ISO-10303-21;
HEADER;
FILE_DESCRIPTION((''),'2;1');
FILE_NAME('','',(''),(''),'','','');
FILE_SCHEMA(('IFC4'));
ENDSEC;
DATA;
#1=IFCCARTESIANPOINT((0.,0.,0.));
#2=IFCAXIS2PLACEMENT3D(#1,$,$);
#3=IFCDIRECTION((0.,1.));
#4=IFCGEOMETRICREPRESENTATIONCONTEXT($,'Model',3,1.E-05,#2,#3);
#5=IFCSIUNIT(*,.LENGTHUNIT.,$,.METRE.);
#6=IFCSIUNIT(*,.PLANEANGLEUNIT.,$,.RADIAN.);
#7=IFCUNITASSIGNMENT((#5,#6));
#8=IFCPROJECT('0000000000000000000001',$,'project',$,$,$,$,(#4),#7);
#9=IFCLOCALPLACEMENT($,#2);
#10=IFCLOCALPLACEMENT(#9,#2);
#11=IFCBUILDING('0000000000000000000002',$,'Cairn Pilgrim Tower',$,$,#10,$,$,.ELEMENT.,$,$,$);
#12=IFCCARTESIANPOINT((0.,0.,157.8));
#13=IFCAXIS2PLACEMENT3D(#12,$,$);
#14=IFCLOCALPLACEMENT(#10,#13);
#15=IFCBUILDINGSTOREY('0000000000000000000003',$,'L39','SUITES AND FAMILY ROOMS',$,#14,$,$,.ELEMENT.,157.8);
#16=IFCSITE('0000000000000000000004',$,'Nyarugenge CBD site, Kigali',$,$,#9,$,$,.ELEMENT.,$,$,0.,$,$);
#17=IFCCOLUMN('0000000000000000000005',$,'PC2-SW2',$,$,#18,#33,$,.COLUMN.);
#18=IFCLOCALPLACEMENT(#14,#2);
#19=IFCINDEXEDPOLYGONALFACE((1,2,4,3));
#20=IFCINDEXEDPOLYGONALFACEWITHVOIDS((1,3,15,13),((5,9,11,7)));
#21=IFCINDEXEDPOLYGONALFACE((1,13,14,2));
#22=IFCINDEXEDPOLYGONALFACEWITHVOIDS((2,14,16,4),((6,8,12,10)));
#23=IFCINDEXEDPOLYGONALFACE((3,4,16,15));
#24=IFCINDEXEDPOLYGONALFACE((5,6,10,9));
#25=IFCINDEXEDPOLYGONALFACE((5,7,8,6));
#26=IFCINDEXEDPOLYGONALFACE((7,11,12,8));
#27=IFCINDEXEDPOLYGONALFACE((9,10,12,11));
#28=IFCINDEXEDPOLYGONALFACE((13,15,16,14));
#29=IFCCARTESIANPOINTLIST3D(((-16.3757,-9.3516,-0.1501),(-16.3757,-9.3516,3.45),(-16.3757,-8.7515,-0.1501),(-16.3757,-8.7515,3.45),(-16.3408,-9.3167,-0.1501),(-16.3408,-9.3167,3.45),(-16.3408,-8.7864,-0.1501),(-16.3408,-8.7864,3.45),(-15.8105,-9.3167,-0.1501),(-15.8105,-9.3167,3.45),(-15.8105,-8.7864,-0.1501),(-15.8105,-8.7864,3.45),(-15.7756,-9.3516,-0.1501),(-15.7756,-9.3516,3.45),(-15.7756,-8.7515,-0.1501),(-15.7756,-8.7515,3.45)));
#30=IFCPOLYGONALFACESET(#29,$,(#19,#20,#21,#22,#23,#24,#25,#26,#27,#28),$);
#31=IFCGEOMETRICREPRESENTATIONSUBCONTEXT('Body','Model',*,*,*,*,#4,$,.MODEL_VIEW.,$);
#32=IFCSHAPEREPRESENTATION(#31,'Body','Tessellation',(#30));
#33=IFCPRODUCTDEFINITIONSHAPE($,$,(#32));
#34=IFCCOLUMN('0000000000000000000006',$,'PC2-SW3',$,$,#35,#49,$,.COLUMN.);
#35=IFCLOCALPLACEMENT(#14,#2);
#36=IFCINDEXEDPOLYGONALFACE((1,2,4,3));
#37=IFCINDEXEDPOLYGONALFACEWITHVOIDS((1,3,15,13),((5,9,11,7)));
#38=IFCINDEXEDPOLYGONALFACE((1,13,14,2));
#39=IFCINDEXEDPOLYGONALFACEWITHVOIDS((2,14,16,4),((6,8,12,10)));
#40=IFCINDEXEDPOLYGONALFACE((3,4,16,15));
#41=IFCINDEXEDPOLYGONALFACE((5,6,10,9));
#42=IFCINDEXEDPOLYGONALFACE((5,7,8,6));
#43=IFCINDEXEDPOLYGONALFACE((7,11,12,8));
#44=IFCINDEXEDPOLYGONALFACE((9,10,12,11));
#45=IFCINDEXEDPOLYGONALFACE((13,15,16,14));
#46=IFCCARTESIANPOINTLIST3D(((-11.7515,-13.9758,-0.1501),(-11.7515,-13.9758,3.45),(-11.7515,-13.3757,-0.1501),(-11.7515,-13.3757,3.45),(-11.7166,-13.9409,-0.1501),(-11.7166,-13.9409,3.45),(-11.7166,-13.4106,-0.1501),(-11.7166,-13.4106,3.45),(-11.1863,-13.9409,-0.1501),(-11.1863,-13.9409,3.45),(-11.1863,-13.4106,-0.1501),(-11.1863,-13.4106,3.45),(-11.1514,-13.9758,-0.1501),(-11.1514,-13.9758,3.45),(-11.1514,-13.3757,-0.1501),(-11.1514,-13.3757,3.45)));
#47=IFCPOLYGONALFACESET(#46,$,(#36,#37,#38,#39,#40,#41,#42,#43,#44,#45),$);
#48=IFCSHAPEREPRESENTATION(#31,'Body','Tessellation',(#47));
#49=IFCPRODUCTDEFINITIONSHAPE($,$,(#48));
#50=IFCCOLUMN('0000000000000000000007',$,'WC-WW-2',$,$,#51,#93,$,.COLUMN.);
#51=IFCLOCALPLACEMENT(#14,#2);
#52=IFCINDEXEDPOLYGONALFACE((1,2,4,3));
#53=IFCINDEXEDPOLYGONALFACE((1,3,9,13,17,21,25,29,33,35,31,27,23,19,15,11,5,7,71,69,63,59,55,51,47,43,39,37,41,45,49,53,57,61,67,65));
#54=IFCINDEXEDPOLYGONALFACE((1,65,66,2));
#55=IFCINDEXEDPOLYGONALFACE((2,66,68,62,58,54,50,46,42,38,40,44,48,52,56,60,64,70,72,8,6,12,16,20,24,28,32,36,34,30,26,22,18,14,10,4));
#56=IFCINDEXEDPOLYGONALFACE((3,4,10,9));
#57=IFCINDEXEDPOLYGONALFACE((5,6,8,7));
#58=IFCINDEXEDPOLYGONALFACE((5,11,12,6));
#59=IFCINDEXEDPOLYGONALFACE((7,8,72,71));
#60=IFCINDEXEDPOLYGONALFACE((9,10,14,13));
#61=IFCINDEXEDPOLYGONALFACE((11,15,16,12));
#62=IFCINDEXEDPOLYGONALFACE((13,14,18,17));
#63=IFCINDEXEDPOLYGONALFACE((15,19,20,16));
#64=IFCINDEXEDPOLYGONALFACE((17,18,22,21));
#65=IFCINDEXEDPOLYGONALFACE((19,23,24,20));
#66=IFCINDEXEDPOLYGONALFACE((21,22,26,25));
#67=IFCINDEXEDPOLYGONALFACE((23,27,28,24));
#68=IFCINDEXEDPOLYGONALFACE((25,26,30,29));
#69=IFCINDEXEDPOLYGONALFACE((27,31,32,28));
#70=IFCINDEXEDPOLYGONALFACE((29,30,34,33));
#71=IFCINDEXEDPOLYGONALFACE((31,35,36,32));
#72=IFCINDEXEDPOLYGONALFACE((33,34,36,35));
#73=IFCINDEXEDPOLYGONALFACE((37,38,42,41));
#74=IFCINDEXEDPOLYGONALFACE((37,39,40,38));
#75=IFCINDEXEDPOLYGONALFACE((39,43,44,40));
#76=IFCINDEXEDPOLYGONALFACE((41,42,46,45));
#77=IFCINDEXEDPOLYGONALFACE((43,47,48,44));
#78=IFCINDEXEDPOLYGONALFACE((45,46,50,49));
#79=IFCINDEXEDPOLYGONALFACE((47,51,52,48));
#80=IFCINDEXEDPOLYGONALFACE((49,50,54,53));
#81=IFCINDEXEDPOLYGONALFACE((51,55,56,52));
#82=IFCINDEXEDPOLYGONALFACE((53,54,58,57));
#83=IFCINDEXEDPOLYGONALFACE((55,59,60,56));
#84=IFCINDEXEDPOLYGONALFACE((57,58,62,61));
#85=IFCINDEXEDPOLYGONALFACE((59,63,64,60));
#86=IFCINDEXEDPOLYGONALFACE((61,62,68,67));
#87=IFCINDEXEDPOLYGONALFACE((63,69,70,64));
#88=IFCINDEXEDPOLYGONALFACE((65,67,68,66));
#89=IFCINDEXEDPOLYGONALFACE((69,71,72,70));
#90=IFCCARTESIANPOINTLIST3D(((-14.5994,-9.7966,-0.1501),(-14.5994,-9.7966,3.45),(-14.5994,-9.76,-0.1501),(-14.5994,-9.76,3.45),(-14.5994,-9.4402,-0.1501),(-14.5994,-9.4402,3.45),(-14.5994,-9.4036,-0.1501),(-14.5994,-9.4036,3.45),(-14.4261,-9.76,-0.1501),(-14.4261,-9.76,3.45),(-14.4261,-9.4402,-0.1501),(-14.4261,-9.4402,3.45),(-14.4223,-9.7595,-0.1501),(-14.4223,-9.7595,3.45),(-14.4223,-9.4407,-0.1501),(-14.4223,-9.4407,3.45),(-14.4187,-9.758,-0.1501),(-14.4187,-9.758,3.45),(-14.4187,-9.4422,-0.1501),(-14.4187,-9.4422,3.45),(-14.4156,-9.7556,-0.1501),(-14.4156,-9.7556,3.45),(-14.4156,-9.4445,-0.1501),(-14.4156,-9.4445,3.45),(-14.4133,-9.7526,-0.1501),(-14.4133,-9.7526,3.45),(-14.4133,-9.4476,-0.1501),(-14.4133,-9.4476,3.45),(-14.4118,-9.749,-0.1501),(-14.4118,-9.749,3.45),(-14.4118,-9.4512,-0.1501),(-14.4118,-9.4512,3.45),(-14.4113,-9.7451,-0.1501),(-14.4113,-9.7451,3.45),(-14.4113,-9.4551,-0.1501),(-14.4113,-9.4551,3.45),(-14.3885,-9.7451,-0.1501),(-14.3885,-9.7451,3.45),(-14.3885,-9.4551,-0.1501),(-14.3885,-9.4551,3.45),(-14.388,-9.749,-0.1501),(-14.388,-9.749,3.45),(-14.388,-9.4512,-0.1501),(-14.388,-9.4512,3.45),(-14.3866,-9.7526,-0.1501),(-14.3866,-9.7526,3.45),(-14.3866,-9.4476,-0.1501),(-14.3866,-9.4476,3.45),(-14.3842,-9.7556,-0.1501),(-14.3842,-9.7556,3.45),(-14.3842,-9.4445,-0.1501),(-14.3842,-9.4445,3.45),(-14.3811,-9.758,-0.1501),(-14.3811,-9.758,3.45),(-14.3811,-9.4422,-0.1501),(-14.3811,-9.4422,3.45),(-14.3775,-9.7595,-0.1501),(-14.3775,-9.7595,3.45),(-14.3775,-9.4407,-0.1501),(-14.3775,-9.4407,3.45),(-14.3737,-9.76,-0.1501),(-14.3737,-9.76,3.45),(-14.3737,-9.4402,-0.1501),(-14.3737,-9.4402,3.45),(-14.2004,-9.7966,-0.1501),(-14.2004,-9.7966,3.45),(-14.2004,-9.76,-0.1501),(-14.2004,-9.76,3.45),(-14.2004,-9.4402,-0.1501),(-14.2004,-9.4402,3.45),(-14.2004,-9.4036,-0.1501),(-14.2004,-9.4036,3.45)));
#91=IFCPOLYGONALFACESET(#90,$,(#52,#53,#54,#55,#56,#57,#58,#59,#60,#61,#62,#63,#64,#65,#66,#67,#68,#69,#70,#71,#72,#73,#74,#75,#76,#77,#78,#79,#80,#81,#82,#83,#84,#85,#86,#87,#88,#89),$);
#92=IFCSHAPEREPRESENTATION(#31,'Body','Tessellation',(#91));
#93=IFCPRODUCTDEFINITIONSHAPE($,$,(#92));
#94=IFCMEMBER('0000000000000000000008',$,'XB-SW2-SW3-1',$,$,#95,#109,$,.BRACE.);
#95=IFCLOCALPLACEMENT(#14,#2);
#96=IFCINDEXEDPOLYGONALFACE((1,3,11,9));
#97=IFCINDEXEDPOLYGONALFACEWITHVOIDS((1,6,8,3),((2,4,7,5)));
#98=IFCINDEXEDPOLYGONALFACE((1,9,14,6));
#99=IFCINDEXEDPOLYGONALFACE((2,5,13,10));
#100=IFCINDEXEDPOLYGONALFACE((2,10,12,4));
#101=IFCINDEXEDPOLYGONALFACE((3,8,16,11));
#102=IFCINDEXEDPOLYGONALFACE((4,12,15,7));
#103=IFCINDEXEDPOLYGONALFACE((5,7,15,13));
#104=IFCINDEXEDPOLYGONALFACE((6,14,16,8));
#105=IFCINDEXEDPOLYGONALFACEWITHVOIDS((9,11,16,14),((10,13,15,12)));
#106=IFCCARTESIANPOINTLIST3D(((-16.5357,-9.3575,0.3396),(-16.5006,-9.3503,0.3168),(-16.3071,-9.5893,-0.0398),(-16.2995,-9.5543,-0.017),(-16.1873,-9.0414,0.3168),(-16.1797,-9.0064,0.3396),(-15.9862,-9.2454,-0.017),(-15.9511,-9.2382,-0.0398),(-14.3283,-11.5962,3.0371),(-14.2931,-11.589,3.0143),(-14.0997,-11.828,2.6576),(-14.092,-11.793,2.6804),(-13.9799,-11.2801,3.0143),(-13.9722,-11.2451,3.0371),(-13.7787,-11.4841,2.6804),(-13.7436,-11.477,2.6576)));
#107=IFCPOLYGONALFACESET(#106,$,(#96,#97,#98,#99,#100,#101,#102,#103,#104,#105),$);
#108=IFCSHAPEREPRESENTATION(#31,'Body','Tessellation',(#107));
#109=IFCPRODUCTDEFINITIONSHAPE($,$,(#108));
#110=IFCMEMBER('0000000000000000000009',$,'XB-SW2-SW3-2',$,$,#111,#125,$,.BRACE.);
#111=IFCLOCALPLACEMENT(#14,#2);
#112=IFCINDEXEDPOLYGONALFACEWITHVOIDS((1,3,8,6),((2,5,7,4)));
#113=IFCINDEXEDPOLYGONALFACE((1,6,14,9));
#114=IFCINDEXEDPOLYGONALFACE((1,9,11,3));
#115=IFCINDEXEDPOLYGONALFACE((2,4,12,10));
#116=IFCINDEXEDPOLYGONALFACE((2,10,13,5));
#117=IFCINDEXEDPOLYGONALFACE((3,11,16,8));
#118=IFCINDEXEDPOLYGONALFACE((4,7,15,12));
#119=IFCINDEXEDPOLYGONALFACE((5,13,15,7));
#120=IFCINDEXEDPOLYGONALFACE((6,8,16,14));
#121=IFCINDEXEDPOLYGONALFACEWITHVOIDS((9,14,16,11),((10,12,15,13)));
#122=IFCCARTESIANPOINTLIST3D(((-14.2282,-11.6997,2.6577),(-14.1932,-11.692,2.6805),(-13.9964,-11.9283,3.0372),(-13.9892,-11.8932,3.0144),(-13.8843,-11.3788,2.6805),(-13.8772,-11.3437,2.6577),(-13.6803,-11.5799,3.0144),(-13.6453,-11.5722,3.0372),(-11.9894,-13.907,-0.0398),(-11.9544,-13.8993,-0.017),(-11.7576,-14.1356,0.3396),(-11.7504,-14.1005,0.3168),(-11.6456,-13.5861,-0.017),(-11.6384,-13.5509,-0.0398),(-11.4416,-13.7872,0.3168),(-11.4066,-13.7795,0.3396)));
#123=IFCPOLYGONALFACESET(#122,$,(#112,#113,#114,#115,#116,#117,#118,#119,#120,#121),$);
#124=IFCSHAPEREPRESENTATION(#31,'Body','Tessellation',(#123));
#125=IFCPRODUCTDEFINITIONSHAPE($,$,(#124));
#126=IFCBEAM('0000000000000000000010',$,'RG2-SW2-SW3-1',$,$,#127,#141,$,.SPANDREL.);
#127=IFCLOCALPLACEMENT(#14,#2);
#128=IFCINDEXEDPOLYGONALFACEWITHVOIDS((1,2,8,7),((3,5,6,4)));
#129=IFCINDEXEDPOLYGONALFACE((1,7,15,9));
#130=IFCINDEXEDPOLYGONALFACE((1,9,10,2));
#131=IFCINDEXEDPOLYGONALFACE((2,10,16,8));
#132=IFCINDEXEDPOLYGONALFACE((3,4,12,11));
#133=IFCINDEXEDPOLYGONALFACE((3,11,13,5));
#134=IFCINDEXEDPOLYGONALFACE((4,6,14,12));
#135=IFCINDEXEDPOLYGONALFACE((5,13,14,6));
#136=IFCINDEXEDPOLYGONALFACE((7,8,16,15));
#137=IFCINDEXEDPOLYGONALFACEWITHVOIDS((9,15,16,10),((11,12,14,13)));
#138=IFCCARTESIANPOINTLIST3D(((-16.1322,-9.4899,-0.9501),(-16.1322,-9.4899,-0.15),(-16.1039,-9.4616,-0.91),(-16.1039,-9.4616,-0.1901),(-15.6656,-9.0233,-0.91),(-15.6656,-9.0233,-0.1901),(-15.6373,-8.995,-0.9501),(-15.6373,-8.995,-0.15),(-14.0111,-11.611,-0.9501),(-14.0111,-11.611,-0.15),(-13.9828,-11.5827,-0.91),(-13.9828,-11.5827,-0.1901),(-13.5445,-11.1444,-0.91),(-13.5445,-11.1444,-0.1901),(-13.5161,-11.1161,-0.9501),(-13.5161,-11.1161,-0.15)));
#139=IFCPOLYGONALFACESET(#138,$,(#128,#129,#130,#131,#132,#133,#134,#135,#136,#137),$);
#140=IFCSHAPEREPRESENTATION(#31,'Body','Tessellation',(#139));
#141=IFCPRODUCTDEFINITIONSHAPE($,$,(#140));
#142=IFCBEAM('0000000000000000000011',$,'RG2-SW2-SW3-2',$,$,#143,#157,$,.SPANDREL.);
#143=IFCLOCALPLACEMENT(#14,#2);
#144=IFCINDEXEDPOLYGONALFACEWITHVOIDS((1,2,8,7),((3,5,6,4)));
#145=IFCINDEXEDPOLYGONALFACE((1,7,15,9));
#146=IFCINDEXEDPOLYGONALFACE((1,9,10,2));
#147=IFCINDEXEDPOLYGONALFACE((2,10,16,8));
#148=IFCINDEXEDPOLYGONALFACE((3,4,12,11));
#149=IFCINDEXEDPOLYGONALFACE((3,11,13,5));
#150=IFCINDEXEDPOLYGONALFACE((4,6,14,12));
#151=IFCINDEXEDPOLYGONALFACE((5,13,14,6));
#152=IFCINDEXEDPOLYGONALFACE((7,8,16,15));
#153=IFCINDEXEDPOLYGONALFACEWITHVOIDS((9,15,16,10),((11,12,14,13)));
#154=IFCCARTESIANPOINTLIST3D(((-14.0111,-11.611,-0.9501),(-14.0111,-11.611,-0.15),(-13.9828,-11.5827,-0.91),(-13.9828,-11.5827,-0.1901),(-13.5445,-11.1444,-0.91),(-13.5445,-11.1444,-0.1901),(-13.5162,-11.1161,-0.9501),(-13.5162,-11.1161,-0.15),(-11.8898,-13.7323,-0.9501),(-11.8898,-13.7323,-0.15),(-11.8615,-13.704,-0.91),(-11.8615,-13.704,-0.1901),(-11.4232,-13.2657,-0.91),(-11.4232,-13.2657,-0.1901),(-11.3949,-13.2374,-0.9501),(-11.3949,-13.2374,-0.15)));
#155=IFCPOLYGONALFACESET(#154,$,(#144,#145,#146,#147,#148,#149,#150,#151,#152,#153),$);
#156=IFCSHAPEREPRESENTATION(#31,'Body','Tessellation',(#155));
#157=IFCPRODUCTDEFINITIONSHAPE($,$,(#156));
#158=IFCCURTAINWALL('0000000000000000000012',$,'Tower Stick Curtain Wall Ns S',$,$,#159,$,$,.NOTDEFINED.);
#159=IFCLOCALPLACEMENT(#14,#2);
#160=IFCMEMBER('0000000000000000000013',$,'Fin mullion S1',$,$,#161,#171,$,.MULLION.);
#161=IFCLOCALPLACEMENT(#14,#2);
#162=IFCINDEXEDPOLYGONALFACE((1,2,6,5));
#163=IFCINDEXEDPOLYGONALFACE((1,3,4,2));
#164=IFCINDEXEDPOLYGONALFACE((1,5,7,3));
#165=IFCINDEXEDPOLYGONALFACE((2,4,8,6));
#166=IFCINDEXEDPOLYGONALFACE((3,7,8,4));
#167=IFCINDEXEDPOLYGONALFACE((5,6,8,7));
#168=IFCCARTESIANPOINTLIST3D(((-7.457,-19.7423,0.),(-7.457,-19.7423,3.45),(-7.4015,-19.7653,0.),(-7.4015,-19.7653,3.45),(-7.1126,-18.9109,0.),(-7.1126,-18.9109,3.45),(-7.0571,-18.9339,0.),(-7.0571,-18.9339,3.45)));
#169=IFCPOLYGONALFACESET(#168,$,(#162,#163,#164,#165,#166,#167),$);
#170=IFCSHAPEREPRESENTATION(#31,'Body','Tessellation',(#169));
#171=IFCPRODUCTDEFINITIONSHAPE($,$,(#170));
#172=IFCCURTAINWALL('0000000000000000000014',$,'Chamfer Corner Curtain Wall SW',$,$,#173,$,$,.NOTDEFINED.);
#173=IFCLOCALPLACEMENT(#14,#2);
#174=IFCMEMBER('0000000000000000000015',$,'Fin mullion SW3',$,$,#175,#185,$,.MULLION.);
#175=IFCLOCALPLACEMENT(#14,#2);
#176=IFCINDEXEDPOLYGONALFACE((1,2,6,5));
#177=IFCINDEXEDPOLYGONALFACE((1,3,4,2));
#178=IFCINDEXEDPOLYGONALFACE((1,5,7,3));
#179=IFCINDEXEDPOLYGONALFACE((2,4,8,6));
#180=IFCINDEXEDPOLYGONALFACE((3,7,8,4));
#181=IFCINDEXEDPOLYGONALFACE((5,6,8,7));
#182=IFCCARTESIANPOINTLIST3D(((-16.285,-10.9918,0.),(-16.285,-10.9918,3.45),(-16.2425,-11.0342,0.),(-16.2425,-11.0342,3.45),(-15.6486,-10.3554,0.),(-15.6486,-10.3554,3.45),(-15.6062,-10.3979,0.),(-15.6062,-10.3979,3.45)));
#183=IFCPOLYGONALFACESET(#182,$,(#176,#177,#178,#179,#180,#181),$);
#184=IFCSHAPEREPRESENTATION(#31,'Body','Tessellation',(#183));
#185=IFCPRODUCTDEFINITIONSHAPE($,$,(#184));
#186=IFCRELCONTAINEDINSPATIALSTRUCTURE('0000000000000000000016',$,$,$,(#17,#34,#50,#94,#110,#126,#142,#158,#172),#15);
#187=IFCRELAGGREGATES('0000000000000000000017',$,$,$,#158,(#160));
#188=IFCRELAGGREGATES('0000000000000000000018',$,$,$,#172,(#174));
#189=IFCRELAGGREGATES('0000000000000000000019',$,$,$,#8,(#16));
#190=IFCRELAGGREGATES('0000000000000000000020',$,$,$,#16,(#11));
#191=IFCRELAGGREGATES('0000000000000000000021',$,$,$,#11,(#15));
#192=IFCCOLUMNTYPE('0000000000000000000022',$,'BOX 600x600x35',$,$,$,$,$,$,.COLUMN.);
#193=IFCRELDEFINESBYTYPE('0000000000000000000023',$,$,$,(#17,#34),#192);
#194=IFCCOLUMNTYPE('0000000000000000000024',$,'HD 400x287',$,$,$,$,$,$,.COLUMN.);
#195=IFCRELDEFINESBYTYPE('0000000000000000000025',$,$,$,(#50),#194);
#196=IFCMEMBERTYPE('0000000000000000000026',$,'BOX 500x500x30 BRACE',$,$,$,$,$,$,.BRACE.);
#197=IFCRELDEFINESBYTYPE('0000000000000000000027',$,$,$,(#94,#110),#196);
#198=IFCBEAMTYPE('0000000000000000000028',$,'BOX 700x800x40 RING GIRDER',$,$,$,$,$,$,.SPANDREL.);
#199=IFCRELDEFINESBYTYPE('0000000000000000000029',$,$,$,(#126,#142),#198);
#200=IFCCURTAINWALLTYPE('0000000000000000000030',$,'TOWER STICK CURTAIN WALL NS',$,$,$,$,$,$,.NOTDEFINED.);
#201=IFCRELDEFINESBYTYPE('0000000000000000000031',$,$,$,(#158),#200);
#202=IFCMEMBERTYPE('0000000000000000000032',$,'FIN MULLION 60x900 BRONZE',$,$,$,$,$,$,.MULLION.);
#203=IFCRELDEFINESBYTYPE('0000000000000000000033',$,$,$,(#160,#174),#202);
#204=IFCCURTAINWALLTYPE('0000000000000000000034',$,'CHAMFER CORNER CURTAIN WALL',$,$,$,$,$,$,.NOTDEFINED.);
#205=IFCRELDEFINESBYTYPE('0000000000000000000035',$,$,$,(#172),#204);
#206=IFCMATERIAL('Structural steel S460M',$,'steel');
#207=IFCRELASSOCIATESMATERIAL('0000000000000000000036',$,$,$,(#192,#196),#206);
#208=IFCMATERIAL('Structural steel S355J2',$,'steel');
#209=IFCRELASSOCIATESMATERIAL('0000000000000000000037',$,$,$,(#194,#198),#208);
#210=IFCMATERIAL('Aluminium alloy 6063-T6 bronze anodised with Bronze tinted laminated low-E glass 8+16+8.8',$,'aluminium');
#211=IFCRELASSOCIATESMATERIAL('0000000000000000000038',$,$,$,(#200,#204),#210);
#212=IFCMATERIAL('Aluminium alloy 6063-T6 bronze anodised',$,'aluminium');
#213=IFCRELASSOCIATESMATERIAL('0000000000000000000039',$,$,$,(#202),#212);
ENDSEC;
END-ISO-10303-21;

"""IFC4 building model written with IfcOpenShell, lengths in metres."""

from ifc_helpers import new_model, si_unit, direction, frame, origin, origin_2d, place, context, subcontext, project, spatial, rectangle, hollow_rectangle, i_section, extrude, material, material_profile, profile_set, type_object, element, aggregate, save


model = new_model("IFC4")

# Units and contexts
model_context = context("Model", 3, precision=1e-05, world=origin(), true_north=direction((0.0, 1.0)))
body_context = subcontext(model_context, "Body", "Model", "MODEL_VIEW")
ifc_project = project(units=[si_unit("LENGTHUNIT", "METRE"), si_unit("PLANEANGLEUNIT", "RADIAN")], contexts=[model_context])

# Site, building, storey
site_placement = place(None, origin())
site = spatial("IfcSite", under=ifc_project, at=site_placement, Name="Nyarugenge CBD site, Kigali", CompositionType="ELEMENT", RefElevation=0.0)
building_placement = place(site_placement, origin())
building = spatial("IfcBuilding", under=site, at=building_placement, Name="Cairn Pilgrim Tower", CompositionType="ELEMENT")
storey_placement = place(building_placement, frame((0.0, 0.0, 157.8)))
storey = spatial("IfcBuildingStorey", under=building, at=storey_placement, Name="L39", Description="SUITES AND FAMILY ROOMS", CompositionType="ELEMENT", Elevation=157.8)

# Columns
ifc_material_1 = material(Name="Structural steel S460M", Category="steel")
ifc_material_profile_1 = material_profile(ifc_material_1, hollow_rectangle(XDim=0.6001, YDim=0.6001, WallThickness=0.0349, at=origin_2d()), Name="BOX 600x600x35")
ifc_profile_set_1 = profile_set([ifc_material_profile_1], Name="Structural steel S460M")
column_type_1 = type_object("IfcColumnType", Name="BOX 600x600x35", PredefinedType="COLUMN", material=ifc_profile_set_1)
for number, where, z_axis, x_axis, name in (
    (1, (-16.0757, -9.0515, -0.1501), (0.0, 0.0, 1.0), (1.0, 0.0, 0.0), "PC2-SW2"),
    (2, (-11.4514, -13.6758, -0.1501), (0.0, 0.0, 1.0), (1.0, 0.0, 0.0), "PC2-SW3"),
):
    element("IfcColumn", number, at=place(storey_placement, frame(where, z_axis=z_axis, x_axis=x_axis)), inside=storey, type_object=column_type_1, Name=name, PredefinedType="COLUMN", context=body_context, shape_type="SweptSolid", body=[
        extrude(hollow_rectangle(XDim=0.6001, YDim=0.6001, WallThickness=0.0349, at=origin_2d()), origin(), (0.0, 0.0, 1.0), 3.6001),
    ])
ifc_material_2 = material(Name="Structural steel S355J2", Category="steel")
ifc_material_profile_2 = material_profile(ifc_material_2, i_section(OverallWidth=0.3989, OverallDepth=0.3931, WebThickness=0.0227, FlangeThickness=0.0366, FilletRadius=0.0149, at=origin_2d()), Name="HD 400x287")
ifc_profile_set_2 = profile_set([ifc_material_profile_2], Name="Structural steel S355J2")
column_type_2 = type_object("IfcColumnType", Name="HD 400x287", PredefinedType="COLUMN", material=ifc_profile_set_2)
column_placement = place(storey_placement, frame((-14.3999, -9.6001, -0.1501), z_axis=(0.0, 0.0, 1.0), x_axis=(1.0, 0.0, 0.0)))
element("IfcColumn", 3, at=column_placement, inside=storey, type_object=column_type_2, Name="WC-WW-2", PredefinedType="COLUMN", context=body_context, shape_type="SweptSolid", body=[
    extrude(i_section(OverallWidth=0.3989, OverallDepth=0.3931, WebThickness=0.0227, FlangeThickness=0.0366, FilletRadius=0.0149, at=origin_2d()), origin(), (0.0, 0.0, 1.0), 3.6001),
])

# Members
ifc_material_profile_3 = material_profile(ifc_material_1, hollow_rectangle(XDim=0.5, YDim=0.5, WallThickness=0.03, at=origin_2d()), Name="BOX 500x500x30")
ifc_profile_set_3 = profile_set([ifc_material_profile_3], Name="Structural steel S460M")
member_type_1 = type_object("IfcMemberType", Name="BOX 500x500x30 BRACE", PredefinedType="BRACE", material=ifc_profile_set_3)
for number, where, z_axis, x_axis, name in (
    (4, (-16.2434, -9.2979, 0.1499), (0.532872, -0.540416, 0.651151), (0.712059, 0.70212, 0.0), "XB-SW2-SW3-1"),
    (5, (-11.698, -13.8433, 0.1499), (-0.540433, 0.53283, 0.651171), (-0.70208, -0.712098, 0.0), "XB-SW2-SW3-2"),
):
    element("IfcMember", number, at=place(storey_placement, frame(where, z_axis=z_axis, x_axis=x_axis)), inside=storey, type_object=member_type_1, Name=name, PredefinedType="BRACE", context=body_context, shape_type="SweptSolid", body=[
        extrude(hollow_rectangle(XDim=0.5, YDim=0.5, WallThickness=0.03, at=origin_2d()), origin(), (0.0, 0.0, 1.0), 4.1426),
    ])

# Beams
ifc_material_profile_4 = material_profile(ifc_material_2, hollow_rectangle(XDim=0.7, YDim=0.8, WallThickness=0.04, at=origin_2d()), Name="BOX 700x800x40")
ifc_profile_set_4 = profile_set([ifc_material_profile_4], Name="Structural steel S355J2")
beam_type_1 = type_object("IfcBeamType", Name="BOX 700x800x40 RING GIRDER", PredefinedType="SPANDREL", material=ifc_profile_set_4)
beam_1_placement = place(storey_placement, frame((-15.8848, -9.2424, -0.55), z_axis=(0.707107, -0.707107, 0.0), x_axis=(0.707107, 0.707107, 0.0)))
element("IfcBeam", 6, at=beam_1_placement, inside=storey, type_object=beam_type_1, Name="RG2-SW2-SW3-1", PredefinedType="SPANDREL", context=body_context, shape_type="SweptSolid", body=[
    extrude(hollow_rectangle(XDim=0.7, YDim=0.8, WallThickness=0.04, at=origin_2d()), origin(), (0.0, 0.0, 1.0), 2.9998),
])
beam_2_placement = place(storey_placement, frame((-13.7637, -11.3635, -0.55), z_axis=(0.707107, -0.707107, 0.0), x_axis=(0.707107, 0.707107, 0.0)))
element("IfcBeam", 7, at=beam_2_placement, inside=storey, type_object=beam_type_1, Name="RG2-SW2-SW3-2", PredefinedType="SPANDREL", context=body_context, shape_type="SweptSolid", body=[
    extrude(hollow_rectangle(XDim=0.7, YDim=0.8, WallThickness=0.04, at=origin_2d()), origin(), (0.0, 0.0, 1.0), 3.0),
])

# Curtain wall, member
ifc_material_3 = material(Name="Aluminium alloy 6063-T6 bronze anodised with Bronze tinted laminated low-E glass 8+16+8.8", Category="aluminium")
curtain_wall_type_1 = type_object("IfcCurtainWallType", Name="TOWER STICK CURTAIN WALL NS", PredefinedType="NOTDEFINED", material=ifc_material_3)
curtain_wall_1_placement = place(storey_placement, origin())
curtain_wall_1 = element("IfcCurtainWall", 8, at=curtain_wall_1_placement, inside=storey, type_object=curtain_wall_type_1, Name="Tower Stick Curtain Wall Ns S", PredefinedType="NOTDEFINED")
ifc_material_4 = material(Name="Aluminium alloy 6063-T6 bronze anodised", Category="aluminium")
ifc_material_profile_5 = material_profile(ifc_material_4, rectangle(XDim=0.8999, YDim=0.0601, at=origin_2d()), Name="FIN MULLION 60x900 BRONZE")
ifc_profile_set_5 = profile_set([ifc_material_profile_5], Name="Aluminium alloy 6063-T6 bronze anodised")
member_type_2 = type_object("IfcMemberType", Name="FIN MULLION 60x900 BRONZE", PredefinedType="MULLION", material=ifc_profile_set_5)
member_1_placement = place(storey_placement, frame((-7.2571, -19.3381, 0.0), z_axis=(0.0, 0.0, 1.0), x_axis=(-0.382683, -0.92388, 0.0)))
member_1 = element("IfcMember", 9, at=member_1_placement, type_object=member_type_2, Name="Fin mullion S1", PredefinedType="MULLION", context=body_context, shape_type="SweptSolid", body=[
    extrude(rectangle(XDim=0.8999, YDim=0.0601, at=origin_2d()), origin(), (0.0, 0.0, 1.0), 3.45),
])
aggregate(curtain_wall_1, [member_1])

# Curtain wall, member
curtain_wall_type_2 = type_object("IfcCurtainWallType", Name="CHAMFER CORNER CURTAIN WALL", PredefinedType="NOTDEFINED", material=ifc_material_3)
curtain_wall_2_placement = place(storey_placement, origin())
curtain_wall_2 = element("IfcCurtainWall", 10, at=curtain_wall_2_placement, inside=storey, type_object=curtain_wall_type_2, Name="Chamfer Corner Curtain Wall SW", PredefinedType="NOTDEFINED")
member_2_placement = place(storey_placement, frame((-15.9456, -10.6948, 0.0), z_axis=(0.0, 0.0, 1.0), x_axis=(-0.707107, -0.707107, 0.0)))
member_2 = element("IfcMember", 11, at=member_2_placement, type_object=member_type_2, Name="Fin mullion SW3", PredefinedType="MULLION", context=body_context, shape_type="SweptSolid", body=[
    extrude(rectangle(XDim=0.8999, YDim=0.0601, at=origin_2d()), origin(), (0.0, 0.0, 1.0), 3.45),
])

aggregate(curtain_wall_2, [member_2])

save(model, "model.ifc")
